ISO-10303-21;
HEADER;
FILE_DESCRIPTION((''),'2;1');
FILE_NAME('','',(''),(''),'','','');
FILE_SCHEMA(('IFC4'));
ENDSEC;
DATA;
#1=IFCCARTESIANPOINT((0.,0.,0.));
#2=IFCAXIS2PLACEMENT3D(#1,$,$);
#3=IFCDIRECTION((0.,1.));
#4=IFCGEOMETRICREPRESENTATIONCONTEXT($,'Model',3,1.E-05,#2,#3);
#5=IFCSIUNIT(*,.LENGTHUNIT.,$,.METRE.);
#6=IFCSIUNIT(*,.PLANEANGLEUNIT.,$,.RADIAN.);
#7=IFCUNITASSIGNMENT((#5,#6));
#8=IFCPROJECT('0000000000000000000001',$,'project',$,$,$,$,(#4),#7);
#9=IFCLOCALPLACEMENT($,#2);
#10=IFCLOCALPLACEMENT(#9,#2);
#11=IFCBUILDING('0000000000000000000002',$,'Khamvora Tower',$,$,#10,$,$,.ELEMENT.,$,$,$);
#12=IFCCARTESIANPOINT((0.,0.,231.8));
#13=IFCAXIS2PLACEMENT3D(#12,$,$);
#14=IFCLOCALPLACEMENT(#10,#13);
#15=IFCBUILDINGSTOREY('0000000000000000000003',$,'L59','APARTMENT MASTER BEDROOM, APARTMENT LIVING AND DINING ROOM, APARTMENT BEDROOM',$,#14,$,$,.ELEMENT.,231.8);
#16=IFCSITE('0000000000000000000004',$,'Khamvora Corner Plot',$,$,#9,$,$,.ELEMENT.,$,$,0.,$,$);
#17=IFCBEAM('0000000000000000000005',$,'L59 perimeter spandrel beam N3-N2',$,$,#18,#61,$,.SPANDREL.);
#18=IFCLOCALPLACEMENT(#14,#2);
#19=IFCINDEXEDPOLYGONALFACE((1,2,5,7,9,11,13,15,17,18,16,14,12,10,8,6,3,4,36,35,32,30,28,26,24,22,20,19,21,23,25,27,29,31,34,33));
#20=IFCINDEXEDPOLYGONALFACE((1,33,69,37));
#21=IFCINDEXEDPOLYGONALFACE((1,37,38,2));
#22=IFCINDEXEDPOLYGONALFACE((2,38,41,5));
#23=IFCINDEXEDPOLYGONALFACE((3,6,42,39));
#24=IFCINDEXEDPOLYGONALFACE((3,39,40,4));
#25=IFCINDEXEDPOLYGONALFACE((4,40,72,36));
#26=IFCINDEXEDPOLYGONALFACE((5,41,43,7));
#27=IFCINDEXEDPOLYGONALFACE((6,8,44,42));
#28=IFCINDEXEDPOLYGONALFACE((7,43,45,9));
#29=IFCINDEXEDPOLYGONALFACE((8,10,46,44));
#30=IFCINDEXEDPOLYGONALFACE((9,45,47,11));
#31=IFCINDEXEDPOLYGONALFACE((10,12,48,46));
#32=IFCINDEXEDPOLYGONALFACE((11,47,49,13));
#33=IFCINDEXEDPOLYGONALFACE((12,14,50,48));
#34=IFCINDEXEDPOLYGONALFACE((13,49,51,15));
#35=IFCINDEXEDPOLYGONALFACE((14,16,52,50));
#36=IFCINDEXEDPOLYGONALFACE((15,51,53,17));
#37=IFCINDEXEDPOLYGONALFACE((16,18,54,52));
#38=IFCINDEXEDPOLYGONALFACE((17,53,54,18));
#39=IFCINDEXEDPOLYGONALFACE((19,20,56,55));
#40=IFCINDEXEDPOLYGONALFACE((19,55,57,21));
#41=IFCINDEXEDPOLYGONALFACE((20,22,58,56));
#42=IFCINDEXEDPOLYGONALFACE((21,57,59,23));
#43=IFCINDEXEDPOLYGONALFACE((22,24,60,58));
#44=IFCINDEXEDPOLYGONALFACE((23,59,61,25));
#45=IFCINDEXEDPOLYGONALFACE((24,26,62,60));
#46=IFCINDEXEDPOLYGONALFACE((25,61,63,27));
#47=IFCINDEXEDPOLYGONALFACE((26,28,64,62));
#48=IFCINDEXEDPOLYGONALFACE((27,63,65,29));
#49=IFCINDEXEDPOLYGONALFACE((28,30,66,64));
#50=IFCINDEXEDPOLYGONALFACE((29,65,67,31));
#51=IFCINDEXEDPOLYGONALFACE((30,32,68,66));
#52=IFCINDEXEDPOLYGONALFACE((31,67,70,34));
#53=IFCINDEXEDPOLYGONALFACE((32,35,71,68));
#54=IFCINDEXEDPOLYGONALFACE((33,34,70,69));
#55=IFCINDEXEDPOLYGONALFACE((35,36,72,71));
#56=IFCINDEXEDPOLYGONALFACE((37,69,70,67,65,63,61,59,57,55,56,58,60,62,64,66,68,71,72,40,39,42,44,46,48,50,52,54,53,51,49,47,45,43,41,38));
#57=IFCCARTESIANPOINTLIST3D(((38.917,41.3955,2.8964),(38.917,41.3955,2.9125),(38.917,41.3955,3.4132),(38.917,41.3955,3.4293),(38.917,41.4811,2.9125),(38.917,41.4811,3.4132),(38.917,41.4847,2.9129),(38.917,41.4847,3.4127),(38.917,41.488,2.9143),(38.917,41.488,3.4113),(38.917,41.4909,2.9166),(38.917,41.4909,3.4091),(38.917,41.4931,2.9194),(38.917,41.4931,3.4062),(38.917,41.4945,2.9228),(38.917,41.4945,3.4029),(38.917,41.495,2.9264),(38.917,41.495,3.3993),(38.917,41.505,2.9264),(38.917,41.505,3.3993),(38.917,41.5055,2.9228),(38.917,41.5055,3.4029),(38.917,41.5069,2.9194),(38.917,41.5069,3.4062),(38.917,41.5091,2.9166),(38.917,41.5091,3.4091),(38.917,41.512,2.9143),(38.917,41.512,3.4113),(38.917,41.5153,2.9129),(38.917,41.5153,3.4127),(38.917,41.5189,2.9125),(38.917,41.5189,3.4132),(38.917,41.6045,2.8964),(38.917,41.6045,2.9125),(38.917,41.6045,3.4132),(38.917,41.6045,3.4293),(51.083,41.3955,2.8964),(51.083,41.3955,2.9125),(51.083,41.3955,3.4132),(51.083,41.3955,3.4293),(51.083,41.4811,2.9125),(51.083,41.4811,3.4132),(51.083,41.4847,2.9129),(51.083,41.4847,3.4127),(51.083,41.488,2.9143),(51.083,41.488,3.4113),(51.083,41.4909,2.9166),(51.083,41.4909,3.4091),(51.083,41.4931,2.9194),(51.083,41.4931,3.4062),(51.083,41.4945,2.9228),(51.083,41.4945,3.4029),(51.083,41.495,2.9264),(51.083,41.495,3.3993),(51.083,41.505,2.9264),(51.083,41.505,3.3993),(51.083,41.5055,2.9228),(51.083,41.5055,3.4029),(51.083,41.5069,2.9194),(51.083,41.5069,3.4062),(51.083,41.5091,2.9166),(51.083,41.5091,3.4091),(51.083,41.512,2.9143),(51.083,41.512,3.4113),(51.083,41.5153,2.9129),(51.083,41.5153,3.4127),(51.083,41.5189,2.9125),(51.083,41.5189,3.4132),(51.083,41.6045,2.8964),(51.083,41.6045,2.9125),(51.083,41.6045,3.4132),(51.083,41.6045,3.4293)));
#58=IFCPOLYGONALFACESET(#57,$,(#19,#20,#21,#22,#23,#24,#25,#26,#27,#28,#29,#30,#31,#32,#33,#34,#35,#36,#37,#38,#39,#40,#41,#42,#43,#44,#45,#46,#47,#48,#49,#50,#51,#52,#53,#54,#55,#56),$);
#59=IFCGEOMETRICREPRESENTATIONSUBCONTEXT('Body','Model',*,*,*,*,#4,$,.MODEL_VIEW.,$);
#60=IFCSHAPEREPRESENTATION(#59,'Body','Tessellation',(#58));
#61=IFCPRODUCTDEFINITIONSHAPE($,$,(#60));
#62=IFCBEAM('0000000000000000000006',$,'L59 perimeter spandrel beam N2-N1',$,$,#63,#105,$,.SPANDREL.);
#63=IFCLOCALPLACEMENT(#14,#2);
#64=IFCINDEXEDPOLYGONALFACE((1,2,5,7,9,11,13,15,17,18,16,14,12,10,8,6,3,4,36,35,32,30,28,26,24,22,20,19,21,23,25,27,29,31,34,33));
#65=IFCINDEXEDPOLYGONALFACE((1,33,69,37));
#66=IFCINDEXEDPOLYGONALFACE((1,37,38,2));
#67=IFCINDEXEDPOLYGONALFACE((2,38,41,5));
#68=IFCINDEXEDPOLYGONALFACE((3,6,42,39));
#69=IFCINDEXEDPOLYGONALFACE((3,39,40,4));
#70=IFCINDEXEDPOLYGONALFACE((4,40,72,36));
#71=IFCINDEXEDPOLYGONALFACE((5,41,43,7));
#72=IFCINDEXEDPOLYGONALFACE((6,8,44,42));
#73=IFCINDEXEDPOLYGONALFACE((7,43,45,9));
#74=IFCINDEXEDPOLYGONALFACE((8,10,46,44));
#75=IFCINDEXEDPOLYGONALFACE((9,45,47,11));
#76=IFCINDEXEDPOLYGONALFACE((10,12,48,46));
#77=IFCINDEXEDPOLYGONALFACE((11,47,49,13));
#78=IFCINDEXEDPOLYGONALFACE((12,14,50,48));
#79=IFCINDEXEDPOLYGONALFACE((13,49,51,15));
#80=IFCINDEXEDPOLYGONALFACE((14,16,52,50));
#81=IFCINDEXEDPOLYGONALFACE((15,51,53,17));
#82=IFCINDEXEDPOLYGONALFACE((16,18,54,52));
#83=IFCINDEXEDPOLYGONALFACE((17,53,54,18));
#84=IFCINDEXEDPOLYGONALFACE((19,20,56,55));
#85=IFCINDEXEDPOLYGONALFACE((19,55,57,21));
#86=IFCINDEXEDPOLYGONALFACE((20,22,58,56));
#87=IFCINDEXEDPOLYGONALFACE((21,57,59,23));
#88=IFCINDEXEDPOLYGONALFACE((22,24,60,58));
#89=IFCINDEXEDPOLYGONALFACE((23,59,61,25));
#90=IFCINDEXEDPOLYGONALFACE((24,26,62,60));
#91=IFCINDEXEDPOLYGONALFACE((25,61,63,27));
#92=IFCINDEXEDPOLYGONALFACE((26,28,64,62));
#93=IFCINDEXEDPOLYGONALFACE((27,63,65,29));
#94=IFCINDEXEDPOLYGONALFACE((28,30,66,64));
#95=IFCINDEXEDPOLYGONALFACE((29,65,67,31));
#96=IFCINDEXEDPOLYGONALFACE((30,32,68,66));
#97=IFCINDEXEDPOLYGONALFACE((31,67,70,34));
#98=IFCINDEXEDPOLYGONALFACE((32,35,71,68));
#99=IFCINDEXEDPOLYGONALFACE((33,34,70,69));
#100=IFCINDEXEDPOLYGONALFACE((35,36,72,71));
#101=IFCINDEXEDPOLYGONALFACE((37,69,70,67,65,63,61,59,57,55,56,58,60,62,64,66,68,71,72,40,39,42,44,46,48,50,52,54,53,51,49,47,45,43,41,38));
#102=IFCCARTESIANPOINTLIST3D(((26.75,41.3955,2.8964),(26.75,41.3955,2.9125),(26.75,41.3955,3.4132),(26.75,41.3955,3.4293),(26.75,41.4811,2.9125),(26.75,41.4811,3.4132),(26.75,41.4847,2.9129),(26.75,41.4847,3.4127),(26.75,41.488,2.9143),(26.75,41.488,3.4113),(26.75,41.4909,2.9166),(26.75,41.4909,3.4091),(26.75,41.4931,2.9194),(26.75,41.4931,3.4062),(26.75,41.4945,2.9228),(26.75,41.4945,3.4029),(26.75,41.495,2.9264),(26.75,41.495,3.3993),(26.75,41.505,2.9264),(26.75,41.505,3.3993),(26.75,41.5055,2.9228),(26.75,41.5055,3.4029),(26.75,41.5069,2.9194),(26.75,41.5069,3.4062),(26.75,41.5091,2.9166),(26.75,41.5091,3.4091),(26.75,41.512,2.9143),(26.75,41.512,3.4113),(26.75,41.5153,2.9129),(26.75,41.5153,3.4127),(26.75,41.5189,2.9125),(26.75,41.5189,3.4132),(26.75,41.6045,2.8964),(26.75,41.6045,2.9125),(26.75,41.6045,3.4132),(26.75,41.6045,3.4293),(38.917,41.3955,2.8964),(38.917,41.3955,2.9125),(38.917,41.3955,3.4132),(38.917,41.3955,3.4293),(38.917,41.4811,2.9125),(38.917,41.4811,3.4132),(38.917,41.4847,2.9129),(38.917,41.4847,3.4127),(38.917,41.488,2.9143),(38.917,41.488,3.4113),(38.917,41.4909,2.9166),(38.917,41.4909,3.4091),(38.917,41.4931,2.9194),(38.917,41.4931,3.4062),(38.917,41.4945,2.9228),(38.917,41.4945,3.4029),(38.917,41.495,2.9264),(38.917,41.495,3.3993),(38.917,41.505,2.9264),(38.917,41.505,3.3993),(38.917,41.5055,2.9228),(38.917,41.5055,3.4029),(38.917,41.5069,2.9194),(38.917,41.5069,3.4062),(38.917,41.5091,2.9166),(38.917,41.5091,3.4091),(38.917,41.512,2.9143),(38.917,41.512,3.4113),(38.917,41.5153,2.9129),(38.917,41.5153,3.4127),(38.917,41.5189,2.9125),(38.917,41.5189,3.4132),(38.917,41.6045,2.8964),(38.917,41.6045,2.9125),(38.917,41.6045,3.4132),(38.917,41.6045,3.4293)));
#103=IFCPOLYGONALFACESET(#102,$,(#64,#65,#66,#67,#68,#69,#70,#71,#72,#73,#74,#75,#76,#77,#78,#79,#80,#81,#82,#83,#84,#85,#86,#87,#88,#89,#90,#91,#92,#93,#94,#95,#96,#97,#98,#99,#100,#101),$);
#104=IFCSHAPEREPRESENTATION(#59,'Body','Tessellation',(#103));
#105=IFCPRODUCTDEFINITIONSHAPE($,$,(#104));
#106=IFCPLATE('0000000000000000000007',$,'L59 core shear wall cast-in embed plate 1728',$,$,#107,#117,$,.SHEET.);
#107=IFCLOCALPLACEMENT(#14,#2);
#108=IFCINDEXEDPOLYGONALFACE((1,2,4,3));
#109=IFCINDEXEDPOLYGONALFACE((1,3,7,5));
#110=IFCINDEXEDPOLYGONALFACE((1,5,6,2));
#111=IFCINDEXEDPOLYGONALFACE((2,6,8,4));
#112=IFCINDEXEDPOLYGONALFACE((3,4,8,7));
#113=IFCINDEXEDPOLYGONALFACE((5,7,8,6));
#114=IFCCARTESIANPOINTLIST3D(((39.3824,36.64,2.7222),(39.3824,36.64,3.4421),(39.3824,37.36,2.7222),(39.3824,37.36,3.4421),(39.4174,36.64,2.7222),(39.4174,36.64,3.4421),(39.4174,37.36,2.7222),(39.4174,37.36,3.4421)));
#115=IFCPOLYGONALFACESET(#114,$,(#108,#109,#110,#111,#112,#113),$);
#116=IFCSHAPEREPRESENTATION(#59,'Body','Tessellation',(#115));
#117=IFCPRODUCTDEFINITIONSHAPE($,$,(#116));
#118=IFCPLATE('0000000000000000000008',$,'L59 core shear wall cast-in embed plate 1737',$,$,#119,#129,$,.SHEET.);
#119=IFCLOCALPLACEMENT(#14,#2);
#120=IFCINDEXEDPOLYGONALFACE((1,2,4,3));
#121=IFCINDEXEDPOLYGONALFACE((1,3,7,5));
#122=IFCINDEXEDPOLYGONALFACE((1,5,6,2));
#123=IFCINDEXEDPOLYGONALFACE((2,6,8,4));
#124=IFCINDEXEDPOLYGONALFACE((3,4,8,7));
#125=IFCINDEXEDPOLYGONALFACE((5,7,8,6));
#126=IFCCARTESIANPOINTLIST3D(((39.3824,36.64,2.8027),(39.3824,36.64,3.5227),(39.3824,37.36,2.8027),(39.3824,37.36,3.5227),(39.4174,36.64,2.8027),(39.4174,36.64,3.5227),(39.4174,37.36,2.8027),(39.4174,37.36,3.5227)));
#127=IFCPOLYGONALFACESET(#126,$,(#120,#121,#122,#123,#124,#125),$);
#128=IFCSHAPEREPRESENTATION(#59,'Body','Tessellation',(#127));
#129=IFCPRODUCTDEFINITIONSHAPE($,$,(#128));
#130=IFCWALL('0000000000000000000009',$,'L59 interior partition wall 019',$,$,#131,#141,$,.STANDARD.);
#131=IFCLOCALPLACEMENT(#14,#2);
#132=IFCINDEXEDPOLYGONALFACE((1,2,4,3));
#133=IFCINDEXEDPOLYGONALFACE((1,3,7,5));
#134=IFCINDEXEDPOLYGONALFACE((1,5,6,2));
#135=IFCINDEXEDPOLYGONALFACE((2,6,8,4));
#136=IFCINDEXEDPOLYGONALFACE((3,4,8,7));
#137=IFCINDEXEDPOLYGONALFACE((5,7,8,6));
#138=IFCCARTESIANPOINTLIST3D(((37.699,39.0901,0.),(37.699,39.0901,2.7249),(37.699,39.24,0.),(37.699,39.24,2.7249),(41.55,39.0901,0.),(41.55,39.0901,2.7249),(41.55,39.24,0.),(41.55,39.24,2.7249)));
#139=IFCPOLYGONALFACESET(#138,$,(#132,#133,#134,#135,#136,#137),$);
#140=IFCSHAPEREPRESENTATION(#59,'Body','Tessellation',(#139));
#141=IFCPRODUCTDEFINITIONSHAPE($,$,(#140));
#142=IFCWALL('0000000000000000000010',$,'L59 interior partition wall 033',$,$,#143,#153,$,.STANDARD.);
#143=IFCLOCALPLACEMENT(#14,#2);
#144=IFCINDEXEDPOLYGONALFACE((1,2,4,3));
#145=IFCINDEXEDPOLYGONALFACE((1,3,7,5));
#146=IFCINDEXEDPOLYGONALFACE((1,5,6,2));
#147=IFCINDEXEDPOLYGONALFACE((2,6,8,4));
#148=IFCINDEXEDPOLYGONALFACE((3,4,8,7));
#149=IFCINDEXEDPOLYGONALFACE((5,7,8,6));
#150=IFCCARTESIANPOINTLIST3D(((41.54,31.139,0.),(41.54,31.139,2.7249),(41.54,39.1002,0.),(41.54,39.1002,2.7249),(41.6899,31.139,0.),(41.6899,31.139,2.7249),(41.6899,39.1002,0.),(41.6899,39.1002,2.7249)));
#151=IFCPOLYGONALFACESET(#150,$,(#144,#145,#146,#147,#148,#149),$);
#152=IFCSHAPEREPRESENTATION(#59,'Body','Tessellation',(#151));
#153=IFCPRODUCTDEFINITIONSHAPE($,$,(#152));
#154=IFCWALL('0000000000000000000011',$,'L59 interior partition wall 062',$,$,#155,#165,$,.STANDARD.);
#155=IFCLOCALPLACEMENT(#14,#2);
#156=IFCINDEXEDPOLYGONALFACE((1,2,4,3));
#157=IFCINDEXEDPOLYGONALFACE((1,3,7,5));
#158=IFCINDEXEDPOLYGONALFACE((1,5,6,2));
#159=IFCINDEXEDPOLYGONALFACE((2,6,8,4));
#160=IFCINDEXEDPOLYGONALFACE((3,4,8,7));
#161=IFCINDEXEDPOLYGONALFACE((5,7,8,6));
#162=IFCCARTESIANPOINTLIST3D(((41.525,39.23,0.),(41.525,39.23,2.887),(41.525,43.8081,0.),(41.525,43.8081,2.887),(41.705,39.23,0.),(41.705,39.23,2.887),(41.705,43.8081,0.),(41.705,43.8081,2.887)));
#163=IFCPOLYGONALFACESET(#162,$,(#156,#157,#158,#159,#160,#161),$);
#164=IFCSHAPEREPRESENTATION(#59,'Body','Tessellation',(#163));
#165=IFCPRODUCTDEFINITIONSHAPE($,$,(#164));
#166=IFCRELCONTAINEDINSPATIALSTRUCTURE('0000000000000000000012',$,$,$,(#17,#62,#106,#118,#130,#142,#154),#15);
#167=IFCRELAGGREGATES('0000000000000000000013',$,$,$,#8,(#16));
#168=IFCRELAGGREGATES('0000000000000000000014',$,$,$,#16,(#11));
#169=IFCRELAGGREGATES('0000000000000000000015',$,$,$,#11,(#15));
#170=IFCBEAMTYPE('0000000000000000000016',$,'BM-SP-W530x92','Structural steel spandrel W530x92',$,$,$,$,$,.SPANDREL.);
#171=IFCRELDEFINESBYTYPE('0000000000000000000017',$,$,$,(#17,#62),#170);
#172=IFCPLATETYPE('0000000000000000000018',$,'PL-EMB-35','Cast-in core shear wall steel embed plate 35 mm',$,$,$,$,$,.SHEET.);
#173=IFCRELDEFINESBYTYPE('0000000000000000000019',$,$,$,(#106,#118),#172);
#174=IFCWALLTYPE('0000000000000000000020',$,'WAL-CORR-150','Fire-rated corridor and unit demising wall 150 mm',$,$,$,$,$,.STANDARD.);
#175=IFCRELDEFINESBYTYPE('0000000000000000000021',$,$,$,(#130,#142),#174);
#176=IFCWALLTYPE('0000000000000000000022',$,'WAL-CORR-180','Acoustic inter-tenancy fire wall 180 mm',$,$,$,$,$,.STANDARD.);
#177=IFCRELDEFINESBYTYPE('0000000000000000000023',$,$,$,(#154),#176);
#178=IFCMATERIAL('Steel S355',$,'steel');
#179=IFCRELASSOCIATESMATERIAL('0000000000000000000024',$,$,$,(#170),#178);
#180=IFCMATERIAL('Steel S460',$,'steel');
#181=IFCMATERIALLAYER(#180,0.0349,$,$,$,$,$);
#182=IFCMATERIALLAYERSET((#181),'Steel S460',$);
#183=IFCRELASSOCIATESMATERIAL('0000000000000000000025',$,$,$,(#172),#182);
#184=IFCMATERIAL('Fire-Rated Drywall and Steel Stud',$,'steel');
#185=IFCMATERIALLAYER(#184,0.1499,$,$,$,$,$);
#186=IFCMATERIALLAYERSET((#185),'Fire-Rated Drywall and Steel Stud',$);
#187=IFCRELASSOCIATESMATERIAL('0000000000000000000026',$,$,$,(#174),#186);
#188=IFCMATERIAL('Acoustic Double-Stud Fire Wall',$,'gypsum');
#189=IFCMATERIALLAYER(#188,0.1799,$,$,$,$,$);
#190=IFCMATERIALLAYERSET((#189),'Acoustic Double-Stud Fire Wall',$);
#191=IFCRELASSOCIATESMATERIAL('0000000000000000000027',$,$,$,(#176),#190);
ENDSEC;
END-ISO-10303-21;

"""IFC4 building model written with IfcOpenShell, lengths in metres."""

from ifc_helpers import new_model, si_unit, direction, frame, frame_2d, origin, origin_2d, place, context, subcontext, project, spatial, rectangle, i_section, extrude, material, layer, layer_set, material_profile, profile_set, type_object, element, save


model = new_model("IFC4")

# Units and contexts
model_context = context("Model", 3, precision=1e-05, world=origin(), true_north=direction((0.0, 1.0)))
body_context = subcontext(model_context, "Body", "Model", "MODEL_VIEW")
ifc_project = project(units=[si_unit("LENGTHUNIT", "METRE"), si_unit("PLANEANGLEUNIT", "RADIAN")], contexts=[model_context])

# Site, building, storey
site_placement = place(None, origin())
site = spatial("IfcSite", under=ifc_project, at=site_placement, Name="Khamvora Corner Plot", CompositionType="ELEMENT", RefElevation=0.0)
building_placement = place(site_placement, origin())
building = spatial("IfcBuilding", under=site, at=building_placement, Name="Khamvora Tower", CompositionType="ELEMENT")
storey_placement = place(building_placement, frame((0.0, 0.0, 231.8)))
storey = spatial("IfcBuildingStorey", under=building, at=storey_placement, Name="L59", Description="APARTMENT MASTER BEDROOM, APARTMENT LIVING AND DINING ROOM, APARTMENT BEDROOM", CompositionType="ELEMENT", Elevation=231.8)

# Shared definitions
ifc_material_1 = material(Name="Steel S355", Category="steel")

# Beams
ifc_material_profile_1 = material_profile(ifc_material_1, i_section(OverallWidth=0.209, OverallDepth=0.533, WebThickness=0.01, FlangeThickness=0.0161, FilletRadius=0.0139, at=origin_2d()), Name="W530x92")
ifc_profile_set_1 = profile_set([ifc_material_profile_1], Name="Steel S355")
beam_type_1 = type_object("IfcBeamType", Name="BM-SP-W530x92", Description="Structural steel spandrel W530x92", PredefinedType="SPANDREL", material=ifc_profile_set_1)
beam_1_placement = place(storey_placement, frame((51.083, 41.5, 3.1628), z_axis=(-1.0, 0.0, 0.0), x_axis=(0.0, -1.0, 0.0)))
element("IfcBeam", 1, at=beam_1_placement, inside=storey, type_object=beam_type_1, Name="L59 perimeter spandrel beam N3-N2", PredefinedType="SPANDREL", context=body_context, shape_type="SweptSolid", body=[
    extrude(i_section(OverallWidth=0.209, OverallDepth=0.533, WebThickness=0.01, FlangeThickness=0.0161, FilletRadius=0.0139, at=origin_2d()), origin(), (0.0, 0.0, 1.0), 12.166),
])
beam_2_placement = place(storey_placement, frame((38.917, 41.5, 3.1628), z_axis=(-1.0, 0.0, 0.0), x_axis=(0.0, -1.0, 0.0)))
element("IfcBeam", 2, at=beam_2_placement, inside=storey, type_object=beam_type_1, Name="L59 perimeter spandrel beam N2-N1", PredefinedType="SPANDREL", context=body_context, shape_type="SweptSolid", body=[
    extrude(i_section(OverallWidth=0.209, OverallDepth=0.533, WebThickness=0.01, FlangeThickness=0.0161, FilletRadius=0.0139, at=origin_2d()), origin(), (0.0, 0.0, 1.0), 12.167),
])

# Plates
ifc_material_2 = material(Name="Steel S460", Category="steel")
ifc_layer_1 = layer(ifc_material_2, 0.0349)
ifc_layer_set_1 = layer_set([ifc_layer_1], Name="Steel S460")
plate_type = type_object("IfcPlateType", Name="PL-EMB-35", Description="Cast-in core shear wall steel embed plate 35 mm", PredefinedType="SHEET", material=ifc_layer_set_1)
for number, where, z_axis, x_axis, name in (
    (3, (39.3999, 37.0, 2.7222), (0.0, 0.0, 1.0), (1.0, 0.0, 0.0), "L59 core shear wall cast-in embed plate 1728"),
    (4, (39.3999, 37.0, 2.8027), (0.0, 0.0, 1.0), (1.0, 0.0, 0.0), "L59 core shear wall cast-in embed plate 1737"),
):
    element("IfcPlate", number, at=place(storey_placement, frame(where, z_axis=z_axis, x_axis=x_axis)), inside=storey, type_object=plate_type, Name=name, PredefinedType="SHEET", context=body_context, shape_type="SweptSolid", body=[
        extrude(rectangle(XDim=0.0349, YDim=0.72, at=origin_2d()), origin(), (0.0, 0.0, 1.0), 0.72),
    ])

# Walls
ifc_material_3 = material(Name="Fire-Rated Drywall and Steel Stud", Category="steel")
ifc_layer_2 = layer(ifc_material_3, 0.1499)
ifc_layer_set_2 = layer_set([ifc_layer_2], Name="Fire-Rated Drywall and Steel Stud")
wall_type_1 = type_object("IfcWallType", Name="WAL-CORR-150", Description="Fire-rated corridor and unit demising wall 150 mm", PredefinedType="STANDARD", material=ifc_layer_set_2)
wall_1_placement = place(storey_placement, frame((37.699, 39.165, 0.0), z_axis=(0.0, 0.0, 1.0), x_axis=(1.0, 0.0, 0.0)))
element("IfcWall", 5, at=wall_1_placement, inside=storey, type_object=wall_type_1, Name="L59 interior partition wall 019", PredefinedType="STANDARD", context=body_context, shape_type="SweptSolid", body=[
    extrude(rectangle(XDim=3.8511, YDim=0.1499, at=frame_2d((1.9255, 0.0))), origin(), (0.0, 0.0, 1.0), 2.7249),
])
wall_2_placement = place(storey_placement, frame((41.615, 39.1001, 0.0), z_axis=(0.0, 0.0, 1.0), x_axis=(0.0, -1.0, 0.0)))
element("IfcWall", 6, at=wall_2_placement, inside=storey, type_object=wall_type_1, Name="L59 interior partition wall 033", PredefinedType="STANDARD", context=body_context, shape_type="SweptSolid", body=[
    extrude(rectangle(XDim=7.9612, YDim=0.1499, at=frame_2d((3.9805, 0.0))), origin(), (0.0, 0.0, 1.0), 2.7249),
])
ifc_material_4 = material(Name="Acoustic Double-Stud Fire Wall", Category="gypsum")
ifc_layer_3 = layer(ifc_material_4, 0.1799)
ifc_layer_set_3 = layer_set([ifc_layer_3], Name="Acoustic Double-Stud Fire Wall")
wall_type_2 = type_object("IfcWallType", Name="WAL-CORR-180", Description="Acoustic inter-tenancy fire wall 180 mm", PredefinedType="STANDARD", material=ifc_layer_set_3)
wall_3_placement = place(storey_placement, frame((41.615, 43.8081, 0.0), z_axis=(0.0, 0.0, 1.0), x_axis=(0.0, -1.0, 0.0)))
element("IfcWall", 7, at=wall_3_placement, inside=storey, type_object=wall_type_2, Name="L59 interior partition wall 062", PredefinedType="STANDARD", context=body_context, shape_type="SweptSolid", body=[
    extrude(rectangle(XDim=4.5781, YDim=0.1799, at=frame_2d((2.2891, 0.0))), origin(), (0.0, 0.0, 1.0), 2.887),
])

save(model, "model.ifc")
